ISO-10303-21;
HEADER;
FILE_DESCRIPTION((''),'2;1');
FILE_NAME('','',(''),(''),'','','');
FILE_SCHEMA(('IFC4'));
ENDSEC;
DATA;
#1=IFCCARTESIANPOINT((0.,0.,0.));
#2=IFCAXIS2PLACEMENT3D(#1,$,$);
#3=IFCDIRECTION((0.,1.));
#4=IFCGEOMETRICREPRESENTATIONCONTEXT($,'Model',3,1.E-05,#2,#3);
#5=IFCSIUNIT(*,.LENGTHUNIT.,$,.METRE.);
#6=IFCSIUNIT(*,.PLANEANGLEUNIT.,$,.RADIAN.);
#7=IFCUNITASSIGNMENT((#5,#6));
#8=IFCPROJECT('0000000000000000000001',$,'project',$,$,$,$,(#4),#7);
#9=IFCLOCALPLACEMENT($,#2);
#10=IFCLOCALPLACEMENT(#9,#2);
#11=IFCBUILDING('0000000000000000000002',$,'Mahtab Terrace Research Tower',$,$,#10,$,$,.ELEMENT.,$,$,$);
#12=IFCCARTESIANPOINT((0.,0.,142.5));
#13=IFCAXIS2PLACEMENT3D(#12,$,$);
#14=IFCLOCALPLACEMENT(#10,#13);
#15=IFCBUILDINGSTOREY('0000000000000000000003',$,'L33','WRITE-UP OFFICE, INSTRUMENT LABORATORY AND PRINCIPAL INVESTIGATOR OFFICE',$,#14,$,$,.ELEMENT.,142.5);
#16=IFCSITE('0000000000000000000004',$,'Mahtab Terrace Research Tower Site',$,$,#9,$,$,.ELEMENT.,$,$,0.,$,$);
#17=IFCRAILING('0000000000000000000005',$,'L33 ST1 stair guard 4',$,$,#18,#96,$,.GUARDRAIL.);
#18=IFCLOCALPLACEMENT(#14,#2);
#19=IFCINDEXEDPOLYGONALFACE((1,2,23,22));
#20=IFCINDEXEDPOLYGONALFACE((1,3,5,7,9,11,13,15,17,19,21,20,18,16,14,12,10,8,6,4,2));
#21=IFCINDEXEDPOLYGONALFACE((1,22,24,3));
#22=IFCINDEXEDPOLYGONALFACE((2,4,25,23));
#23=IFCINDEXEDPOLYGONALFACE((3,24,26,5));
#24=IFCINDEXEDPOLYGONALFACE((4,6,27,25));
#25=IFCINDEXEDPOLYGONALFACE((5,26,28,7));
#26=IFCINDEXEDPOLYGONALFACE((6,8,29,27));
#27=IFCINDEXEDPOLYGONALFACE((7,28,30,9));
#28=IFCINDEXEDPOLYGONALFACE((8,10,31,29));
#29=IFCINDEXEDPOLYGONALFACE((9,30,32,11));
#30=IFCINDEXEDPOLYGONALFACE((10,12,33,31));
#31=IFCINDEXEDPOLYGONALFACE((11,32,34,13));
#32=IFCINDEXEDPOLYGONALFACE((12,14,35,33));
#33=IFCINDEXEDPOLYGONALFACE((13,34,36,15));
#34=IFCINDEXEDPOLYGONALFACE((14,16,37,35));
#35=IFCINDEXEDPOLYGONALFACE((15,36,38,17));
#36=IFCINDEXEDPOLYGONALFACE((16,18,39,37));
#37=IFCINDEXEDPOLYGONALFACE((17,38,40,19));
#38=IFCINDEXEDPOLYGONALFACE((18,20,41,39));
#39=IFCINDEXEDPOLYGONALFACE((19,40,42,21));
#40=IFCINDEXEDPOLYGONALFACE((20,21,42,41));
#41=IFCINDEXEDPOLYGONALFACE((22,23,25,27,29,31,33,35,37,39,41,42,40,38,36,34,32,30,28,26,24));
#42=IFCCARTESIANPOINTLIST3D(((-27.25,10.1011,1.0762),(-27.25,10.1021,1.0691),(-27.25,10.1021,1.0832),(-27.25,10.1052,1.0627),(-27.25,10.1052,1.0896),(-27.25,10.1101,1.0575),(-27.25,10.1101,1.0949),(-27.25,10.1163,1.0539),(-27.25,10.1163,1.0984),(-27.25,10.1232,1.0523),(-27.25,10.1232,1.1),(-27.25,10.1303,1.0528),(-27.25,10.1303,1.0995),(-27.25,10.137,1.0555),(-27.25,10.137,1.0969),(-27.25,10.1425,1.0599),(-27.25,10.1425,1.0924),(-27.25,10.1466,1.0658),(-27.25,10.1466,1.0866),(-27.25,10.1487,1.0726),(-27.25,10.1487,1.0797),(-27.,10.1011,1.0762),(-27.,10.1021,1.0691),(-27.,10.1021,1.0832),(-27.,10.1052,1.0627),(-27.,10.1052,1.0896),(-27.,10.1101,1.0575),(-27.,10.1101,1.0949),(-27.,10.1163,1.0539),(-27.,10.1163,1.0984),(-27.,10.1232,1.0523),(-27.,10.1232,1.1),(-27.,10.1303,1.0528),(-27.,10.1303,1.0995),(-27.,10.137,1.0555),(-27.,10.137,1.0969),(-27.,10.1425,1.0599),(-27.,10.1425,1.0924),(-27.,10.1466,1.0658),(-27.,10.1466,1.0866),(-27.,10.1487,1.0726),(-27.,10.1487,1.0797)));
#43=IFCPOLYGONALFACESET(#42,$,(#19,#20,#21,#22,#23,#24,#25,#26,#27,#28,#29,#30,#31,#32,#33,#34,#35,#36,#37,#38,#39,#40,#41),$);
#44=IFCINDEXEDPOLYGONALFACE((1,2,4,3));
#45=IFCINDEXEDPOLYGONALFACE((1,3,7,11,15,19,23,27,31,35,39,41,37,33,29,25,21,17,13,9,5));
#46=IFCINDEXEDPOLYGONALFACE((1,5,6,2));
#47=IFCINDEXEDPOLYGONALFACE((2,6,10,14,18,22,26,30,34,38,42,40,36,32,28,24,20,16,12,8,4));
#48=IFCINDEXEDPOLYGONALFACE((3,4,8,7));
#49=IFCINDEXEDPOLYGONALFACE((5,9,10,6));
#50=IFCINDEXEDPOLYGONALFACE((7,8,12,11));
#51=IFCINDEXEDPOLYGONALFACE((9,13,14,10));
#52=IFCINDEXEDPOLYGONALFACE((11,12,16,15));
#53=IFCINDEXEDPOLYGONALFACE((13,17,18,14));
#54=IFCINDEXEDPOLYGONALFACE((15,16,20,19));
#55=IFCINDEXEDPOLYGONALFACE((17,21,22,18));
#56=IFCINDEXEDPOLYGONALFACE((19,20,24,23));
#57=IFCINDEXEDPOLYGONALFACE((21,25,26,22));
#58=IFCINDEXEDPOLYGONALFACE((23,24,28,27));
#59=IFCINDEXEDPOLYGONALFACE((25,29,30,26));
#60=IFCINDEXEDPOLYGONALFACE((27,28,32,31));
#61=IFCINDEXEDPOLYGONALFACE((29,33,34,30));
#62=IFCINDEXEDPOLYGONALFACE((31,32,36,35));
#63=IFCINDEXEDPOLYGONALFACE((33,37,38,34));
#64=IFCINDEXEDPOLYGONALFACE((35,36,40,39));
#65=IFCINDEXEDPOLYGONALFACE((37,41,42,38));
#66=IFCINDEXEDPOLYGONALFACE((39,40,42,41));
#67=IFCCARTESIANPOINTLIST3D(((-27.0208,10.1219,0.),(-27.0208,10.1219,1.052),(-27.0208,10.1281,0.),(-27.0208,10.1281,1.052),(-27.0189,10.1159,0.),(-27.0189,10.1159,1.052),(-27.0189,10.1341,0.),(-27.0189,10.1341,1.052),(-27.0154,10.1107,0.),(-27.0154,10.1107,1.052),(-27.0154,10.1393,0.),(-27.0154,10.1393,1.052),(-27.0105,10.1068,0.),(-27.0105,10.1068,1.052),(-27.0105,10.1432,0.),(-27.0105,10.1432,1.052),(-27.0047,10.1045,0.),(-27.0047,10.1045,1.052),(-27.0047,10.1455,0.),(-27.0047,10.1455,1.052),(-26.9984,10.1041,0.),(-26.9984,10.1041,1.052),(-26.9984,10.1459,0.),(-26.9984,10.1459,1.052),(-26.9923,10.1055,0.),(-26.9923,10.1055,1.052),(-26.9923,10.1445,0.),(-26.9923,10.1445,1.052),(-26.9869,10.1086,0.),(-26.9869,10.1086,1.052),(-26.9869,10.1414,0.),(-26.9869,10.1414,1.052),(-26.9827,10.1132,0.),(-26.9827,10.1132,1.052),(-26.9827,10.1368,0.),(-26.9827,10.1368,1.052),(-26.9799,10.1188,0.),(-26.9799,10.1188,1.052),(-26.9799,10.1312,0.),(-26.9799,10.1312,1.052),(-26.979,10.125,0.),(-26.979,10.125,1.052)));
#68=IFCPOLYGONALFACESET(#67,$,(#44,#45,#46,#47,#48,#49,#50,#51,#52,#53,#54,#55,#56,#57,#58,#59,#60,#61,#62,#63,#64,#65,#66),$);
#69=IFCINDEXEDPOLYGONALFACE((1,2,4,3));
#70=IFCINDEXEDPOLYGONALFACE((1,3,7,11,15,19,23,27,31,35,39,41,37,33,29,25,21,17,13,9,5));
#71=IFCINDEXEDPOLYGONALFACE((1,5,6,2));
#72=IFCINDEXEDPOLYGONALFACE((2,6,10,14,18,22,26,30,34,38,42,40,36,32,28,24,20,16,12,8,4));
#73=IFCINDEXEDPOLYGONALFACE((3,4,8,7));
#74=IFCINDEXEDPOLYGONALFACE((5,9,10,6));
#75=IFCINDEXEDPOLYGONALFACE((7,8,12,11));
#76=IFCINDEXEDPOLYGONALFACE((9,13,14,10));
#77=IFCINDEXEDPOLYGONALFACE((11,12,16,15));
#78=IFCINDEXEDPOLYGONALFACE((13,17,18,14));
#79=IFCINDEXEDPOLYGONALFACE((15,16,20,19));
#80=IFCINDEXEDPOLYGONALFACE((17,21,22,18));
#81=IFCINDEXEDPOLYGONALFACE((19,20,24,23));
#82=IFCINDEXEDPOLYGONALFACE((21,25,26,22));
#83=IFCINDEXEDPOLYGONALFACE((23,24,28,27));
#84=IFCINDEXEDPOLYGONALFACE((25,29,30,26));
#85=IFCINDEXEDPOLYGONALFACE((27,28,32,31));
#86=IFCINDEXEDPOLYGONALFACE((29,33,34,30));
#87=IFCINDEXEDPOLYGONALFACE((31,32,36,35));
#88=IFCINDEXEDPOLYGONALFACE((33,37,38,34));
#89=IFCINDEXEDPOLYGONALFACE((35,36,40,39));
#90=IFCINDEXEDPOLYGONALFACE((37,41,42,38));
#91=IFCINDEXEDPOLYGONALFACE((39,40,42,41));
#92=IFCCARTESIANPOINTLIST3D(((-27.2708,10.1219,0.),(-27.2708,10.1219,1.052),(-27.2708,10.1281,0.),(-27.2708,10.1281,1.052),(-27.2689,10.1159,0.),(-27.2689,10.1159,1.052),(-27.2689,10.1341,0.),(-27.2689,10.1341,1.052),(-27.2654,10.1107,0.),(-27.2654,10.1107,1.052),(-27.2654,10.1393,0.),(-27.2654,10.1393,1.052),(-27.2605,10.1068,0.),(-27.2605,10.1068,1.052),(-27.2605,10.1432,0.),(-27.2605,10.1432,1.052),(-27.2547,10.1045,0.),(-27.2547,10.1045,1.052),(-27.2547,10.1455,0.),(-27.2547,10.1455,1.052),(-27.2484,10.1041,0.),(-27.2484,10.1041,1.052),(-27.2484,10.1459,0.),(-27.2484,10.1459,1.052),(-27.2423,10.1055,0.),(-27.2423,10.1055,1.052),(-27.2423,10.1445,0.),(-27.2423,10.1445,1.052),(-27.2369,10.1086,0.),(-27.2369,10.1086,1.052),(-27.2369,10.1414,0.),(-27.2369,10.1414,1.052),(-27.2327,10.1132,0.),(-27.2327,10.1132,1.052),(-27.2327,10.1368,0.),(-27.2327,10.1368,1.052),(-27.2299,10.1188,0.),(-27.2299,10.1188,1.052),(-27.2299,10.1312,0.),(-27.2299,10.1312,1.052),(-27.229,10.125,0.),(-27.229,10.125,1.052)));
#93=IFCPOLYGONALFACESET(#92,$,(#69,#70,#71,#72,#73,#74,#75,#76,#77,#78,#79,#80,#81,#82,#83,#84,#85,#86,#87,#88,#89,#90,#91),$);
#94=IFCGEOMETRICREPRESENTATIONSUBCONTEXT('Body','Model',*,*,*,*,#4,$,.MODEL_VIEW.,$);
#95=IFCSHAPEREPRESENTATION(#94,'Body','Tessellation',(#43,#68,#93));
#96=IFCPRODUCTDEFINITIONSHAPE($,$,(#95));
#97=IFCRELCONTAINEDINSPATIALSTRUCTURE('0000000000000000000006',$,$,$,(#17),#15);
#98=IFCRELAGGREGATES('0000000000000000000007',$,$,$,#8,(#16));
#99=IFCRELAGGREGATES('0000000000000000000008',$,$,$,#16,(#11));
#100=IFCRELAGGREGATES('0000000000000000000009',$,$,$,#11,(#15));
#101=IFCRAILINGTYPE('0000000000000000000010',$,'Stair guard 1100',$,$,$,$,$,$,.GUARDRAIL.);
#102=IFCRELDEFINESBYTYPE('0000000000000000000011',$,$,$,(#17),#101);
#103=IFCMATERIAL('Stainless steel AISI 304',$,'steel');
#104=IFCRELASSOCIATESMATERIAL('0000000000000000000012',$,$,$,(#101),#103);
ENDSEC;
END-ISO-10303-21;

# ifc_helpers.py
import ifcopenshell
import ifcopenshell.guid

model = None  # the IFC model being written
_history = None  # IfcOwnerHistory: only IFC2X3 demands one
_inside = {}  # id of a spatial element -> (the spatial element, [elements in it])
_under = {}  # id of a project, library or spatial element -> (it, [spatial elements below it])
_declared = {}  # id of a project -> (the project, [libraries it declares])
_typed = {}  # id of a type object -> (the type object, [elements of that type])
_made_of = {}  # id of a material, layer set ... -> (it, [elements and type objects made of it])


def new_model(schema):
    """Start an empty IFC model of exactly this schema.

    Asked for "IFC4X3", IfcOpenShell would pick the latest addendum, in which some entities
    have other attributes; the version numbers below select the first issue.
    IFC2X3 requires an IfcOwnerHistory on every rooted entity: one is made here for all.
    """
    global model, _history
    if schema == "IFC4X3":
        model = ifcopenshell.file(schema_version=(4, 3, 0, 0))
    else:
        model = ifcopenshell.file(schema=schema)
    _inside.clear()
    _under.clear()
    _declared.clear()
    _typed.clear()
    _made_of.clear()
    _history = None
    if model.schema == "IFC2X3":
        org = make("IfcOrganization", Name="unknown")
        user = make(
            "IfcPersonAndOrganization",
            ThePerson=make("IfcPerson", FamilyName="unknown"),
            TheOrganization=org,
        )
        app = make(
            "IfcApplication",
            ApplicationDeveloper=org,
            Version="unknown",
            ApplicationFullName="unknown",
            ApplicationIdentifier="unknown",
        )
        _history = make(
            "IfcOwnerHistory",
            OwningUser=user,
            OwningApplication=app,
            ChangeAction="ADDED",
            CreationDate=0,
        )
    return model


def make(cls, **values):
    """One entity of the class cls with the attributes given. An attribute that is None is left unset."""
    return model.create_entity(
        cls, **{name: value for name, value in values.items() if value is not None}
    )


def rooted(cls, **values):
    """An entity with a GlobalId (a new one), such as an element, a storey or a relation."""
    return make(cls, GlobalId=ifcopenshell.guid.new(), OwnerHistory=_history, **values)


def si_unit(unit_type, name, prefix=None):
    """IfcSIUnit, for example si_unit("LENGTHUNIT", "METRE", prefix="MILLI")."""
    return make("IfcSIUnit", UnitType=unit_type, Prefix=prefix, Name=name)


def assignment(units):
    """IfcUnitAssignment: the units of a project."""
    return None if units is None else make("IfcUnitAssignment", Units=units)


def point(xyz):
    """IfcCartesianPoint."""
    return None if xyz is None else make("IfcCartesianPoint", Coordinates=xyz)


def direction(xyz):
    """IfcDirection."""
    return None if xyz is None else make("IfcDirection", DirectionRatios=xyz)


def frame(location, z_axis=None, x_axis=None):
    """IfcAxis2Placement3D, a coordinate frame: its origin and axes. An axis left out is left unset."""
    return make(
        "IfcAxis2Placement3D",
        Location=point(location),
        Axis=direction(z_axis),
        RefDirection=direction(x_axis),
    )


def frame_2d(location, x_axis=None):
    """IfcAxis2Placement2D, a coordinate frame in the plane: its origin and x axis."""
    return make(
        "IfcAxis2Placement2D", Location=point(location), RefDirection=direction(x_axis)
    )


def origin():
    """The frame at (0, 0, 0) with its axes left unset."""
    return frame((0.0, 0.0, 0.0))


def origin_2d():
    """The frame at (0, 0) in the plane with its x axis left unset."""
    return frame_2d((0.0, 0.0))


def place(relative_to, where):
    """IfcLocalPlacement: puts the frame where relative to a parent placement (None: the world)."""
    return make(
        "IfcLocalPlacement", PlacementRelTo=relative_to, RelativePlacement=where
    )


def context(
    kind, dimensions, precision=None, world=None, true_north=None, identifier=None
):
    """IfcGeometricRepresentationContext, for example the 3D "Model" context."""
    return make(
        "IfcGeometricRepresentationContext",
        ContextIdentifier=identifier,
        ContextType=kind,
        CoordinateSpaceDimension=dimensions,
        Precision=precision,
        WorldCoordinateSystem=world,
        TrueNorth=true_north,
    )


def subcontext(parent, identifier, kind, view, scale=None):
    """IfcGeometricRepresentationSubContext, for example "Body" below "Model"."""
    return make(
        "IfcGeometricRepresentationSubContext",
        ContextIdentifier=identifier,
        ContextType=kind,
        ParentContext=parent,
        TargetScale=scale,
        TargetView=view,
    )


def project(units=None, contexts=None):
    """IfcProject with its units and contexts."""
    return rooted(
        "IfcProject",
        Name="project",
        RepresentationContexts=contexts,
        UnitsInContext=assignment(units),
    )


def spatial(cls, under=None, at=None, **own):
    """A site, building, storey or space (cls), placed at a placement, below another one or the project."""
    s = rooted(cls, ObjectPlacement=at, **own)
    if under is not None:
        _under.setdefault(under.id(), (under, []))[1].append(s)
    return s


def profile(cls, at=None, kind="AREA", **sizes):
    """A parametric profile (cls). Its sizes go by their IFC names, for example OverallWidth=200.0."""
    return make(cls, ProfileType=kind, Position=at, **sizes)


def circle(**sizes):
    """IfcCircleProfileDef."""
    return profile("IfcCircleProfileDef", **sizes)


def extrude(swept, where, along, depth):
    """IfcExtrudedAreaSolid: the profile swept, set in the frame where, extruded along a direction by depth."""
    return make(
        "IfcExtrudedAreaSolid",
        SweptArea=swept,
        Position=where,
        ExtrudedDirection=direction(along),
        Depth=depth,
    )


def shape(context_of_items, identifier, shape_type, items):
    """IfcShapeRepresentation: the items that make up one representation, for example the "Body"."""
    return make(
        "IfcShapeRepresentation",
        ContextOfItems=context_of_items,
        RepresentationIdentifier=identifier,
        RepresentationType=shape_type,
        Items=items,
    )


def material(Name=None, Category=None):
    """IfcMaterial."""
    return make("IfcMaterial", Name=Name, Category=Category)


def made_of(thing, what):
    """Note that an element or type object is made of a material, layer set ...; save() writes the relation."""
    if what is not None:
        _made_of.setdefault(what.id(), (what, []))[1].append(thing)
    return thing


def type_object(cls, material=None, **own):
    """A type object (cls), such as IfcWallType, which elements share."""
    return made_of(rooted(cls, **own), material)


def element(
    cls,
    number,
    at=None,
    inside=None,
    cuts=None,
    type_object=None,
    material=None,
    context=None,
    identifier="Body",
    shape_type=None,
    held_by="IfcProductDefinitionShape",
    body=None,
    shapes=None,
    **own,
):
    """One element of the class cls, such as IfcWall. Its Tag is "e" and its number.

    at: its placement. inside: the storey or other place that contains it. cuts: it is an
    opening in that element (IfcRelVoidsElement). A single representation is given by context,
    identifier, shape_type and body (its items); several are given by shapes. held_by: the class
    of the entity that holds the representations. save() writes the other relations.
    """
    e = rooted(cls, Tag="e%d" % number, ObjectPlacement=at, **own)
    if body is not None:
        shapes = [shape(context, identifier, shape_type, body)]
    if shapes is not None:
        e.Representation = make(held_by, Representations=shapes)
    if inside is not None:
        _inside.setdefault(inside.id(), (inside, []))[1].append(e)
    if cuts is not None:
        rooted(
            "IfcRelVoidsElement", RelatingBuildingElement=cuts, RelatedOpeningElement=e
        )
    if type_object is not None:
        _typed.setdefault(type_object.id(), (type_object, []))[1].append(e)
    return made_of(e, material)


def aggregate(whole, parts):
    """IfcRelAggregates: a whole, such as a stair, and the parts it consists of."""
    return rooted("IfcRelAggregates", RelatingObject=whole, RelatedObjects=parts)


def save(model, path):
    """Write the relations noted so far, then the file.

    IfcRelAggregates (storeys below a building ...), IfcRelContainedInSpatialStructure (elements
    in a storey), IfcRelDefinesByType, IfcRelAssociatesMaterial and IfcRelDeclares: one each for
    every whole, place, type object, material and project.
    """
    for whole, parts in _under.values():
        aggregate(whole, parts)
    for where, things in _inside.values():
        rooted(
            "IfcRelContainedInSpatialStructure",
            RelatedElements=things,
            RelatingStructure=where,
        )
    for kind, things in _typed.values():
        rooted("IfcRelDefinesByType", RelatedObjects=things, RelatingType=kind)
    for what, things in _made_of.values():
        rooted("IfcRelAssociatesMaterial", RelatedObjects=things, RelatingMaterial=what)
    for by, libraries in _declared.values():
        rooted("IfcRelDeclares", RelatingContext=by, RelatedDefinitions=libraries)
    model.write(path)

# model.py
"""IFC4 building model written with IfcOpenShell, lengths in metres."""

from ifc_helpers import new_model, si_unit, direction, frame, origin, origin_2d, place, context, subcontext, project, spatial, circle, extrude, material, type_object, element, save


model = new_model("IFC4")

# Units and contexts
model_context = context("Model", 3, precision=1e-05, world=origin(), true_north=direction((0.0, 1.0)))
body_context = subcontext(model_context, "Body", "Model", "MODEL_VIEW")
ifc_project = project(units=[si_unit("LENGTHUNIT", "METRE"), si_unit("PLANEANGLEUNIT", "RADIAN")], contexts=[model_context])

# Site, building, storey
site_placement = place(None, origin())
site = spatial("IfcSite", under=ifc_project, at=site_placement, Name="Mahtab Terrace Research Tower Site", CompositionType="ELEMENT", RefElevation=0.0)
building_placement = place(site_placement, origin())
building = spatial("IfcBuilding", under=site, at=building_placement, Name="Mahtab Terrace Research Tower", CompositionType="ELEMENT")
storey_placement = place(building_placement, frame((0.0, 0.0, 142.5)))
storey = spatial("IfcBuildingStorey", under=building, at=storey_placement, Name="L33", Description="WRITE-UP OFFICE, INSTRUMENT LABORATORY AND PRINCIPAL INVESTIGATOR OFFICE", CompositionType="ELEMENT", Elevation=142.5)

# Railing
ifc_material_1 = material(Name="Stainless steel AISI 304", Category="steel")
railing_type_1 = type_object("IfcRailingType", Name="Stair guard 1100", PredefinedType="GUARDRAIL", material=ifc_material_1)
railing_1_placement = place(storey_placement, frame((-27.0, 10.125, 0.0)))
element("IfcRailing", 1, at=railing_1_placement, inside=storey, type_object=railing_type_1, Name="L33 ST1 stair guard 4", PredefinedType="GUARDRAIL", context=body_context, shape_type="SweptSolid", body=[
    extrude(circle(Radius=0.0239, at=origin_2d()), frame((0.0, 0.0, 1.0762), z_axis=(-1.0, 0.0, 0.0), x_axis=(0.0, -1.0, 0.0)), (0.0, 0.0, 1.0), 0.25),
    extrude(circle(Radius=0.021, at=origin_2d()), origin(), (0.0, 0.0, 1.0), 1.052),
    extrude(circle(Radius=0.021, at=origin_2d()), frame((-0.25, 0.0, 0.0)), (0.0, 0.0, 1.0), 1.052),
])

save(model, "model.ifc")
